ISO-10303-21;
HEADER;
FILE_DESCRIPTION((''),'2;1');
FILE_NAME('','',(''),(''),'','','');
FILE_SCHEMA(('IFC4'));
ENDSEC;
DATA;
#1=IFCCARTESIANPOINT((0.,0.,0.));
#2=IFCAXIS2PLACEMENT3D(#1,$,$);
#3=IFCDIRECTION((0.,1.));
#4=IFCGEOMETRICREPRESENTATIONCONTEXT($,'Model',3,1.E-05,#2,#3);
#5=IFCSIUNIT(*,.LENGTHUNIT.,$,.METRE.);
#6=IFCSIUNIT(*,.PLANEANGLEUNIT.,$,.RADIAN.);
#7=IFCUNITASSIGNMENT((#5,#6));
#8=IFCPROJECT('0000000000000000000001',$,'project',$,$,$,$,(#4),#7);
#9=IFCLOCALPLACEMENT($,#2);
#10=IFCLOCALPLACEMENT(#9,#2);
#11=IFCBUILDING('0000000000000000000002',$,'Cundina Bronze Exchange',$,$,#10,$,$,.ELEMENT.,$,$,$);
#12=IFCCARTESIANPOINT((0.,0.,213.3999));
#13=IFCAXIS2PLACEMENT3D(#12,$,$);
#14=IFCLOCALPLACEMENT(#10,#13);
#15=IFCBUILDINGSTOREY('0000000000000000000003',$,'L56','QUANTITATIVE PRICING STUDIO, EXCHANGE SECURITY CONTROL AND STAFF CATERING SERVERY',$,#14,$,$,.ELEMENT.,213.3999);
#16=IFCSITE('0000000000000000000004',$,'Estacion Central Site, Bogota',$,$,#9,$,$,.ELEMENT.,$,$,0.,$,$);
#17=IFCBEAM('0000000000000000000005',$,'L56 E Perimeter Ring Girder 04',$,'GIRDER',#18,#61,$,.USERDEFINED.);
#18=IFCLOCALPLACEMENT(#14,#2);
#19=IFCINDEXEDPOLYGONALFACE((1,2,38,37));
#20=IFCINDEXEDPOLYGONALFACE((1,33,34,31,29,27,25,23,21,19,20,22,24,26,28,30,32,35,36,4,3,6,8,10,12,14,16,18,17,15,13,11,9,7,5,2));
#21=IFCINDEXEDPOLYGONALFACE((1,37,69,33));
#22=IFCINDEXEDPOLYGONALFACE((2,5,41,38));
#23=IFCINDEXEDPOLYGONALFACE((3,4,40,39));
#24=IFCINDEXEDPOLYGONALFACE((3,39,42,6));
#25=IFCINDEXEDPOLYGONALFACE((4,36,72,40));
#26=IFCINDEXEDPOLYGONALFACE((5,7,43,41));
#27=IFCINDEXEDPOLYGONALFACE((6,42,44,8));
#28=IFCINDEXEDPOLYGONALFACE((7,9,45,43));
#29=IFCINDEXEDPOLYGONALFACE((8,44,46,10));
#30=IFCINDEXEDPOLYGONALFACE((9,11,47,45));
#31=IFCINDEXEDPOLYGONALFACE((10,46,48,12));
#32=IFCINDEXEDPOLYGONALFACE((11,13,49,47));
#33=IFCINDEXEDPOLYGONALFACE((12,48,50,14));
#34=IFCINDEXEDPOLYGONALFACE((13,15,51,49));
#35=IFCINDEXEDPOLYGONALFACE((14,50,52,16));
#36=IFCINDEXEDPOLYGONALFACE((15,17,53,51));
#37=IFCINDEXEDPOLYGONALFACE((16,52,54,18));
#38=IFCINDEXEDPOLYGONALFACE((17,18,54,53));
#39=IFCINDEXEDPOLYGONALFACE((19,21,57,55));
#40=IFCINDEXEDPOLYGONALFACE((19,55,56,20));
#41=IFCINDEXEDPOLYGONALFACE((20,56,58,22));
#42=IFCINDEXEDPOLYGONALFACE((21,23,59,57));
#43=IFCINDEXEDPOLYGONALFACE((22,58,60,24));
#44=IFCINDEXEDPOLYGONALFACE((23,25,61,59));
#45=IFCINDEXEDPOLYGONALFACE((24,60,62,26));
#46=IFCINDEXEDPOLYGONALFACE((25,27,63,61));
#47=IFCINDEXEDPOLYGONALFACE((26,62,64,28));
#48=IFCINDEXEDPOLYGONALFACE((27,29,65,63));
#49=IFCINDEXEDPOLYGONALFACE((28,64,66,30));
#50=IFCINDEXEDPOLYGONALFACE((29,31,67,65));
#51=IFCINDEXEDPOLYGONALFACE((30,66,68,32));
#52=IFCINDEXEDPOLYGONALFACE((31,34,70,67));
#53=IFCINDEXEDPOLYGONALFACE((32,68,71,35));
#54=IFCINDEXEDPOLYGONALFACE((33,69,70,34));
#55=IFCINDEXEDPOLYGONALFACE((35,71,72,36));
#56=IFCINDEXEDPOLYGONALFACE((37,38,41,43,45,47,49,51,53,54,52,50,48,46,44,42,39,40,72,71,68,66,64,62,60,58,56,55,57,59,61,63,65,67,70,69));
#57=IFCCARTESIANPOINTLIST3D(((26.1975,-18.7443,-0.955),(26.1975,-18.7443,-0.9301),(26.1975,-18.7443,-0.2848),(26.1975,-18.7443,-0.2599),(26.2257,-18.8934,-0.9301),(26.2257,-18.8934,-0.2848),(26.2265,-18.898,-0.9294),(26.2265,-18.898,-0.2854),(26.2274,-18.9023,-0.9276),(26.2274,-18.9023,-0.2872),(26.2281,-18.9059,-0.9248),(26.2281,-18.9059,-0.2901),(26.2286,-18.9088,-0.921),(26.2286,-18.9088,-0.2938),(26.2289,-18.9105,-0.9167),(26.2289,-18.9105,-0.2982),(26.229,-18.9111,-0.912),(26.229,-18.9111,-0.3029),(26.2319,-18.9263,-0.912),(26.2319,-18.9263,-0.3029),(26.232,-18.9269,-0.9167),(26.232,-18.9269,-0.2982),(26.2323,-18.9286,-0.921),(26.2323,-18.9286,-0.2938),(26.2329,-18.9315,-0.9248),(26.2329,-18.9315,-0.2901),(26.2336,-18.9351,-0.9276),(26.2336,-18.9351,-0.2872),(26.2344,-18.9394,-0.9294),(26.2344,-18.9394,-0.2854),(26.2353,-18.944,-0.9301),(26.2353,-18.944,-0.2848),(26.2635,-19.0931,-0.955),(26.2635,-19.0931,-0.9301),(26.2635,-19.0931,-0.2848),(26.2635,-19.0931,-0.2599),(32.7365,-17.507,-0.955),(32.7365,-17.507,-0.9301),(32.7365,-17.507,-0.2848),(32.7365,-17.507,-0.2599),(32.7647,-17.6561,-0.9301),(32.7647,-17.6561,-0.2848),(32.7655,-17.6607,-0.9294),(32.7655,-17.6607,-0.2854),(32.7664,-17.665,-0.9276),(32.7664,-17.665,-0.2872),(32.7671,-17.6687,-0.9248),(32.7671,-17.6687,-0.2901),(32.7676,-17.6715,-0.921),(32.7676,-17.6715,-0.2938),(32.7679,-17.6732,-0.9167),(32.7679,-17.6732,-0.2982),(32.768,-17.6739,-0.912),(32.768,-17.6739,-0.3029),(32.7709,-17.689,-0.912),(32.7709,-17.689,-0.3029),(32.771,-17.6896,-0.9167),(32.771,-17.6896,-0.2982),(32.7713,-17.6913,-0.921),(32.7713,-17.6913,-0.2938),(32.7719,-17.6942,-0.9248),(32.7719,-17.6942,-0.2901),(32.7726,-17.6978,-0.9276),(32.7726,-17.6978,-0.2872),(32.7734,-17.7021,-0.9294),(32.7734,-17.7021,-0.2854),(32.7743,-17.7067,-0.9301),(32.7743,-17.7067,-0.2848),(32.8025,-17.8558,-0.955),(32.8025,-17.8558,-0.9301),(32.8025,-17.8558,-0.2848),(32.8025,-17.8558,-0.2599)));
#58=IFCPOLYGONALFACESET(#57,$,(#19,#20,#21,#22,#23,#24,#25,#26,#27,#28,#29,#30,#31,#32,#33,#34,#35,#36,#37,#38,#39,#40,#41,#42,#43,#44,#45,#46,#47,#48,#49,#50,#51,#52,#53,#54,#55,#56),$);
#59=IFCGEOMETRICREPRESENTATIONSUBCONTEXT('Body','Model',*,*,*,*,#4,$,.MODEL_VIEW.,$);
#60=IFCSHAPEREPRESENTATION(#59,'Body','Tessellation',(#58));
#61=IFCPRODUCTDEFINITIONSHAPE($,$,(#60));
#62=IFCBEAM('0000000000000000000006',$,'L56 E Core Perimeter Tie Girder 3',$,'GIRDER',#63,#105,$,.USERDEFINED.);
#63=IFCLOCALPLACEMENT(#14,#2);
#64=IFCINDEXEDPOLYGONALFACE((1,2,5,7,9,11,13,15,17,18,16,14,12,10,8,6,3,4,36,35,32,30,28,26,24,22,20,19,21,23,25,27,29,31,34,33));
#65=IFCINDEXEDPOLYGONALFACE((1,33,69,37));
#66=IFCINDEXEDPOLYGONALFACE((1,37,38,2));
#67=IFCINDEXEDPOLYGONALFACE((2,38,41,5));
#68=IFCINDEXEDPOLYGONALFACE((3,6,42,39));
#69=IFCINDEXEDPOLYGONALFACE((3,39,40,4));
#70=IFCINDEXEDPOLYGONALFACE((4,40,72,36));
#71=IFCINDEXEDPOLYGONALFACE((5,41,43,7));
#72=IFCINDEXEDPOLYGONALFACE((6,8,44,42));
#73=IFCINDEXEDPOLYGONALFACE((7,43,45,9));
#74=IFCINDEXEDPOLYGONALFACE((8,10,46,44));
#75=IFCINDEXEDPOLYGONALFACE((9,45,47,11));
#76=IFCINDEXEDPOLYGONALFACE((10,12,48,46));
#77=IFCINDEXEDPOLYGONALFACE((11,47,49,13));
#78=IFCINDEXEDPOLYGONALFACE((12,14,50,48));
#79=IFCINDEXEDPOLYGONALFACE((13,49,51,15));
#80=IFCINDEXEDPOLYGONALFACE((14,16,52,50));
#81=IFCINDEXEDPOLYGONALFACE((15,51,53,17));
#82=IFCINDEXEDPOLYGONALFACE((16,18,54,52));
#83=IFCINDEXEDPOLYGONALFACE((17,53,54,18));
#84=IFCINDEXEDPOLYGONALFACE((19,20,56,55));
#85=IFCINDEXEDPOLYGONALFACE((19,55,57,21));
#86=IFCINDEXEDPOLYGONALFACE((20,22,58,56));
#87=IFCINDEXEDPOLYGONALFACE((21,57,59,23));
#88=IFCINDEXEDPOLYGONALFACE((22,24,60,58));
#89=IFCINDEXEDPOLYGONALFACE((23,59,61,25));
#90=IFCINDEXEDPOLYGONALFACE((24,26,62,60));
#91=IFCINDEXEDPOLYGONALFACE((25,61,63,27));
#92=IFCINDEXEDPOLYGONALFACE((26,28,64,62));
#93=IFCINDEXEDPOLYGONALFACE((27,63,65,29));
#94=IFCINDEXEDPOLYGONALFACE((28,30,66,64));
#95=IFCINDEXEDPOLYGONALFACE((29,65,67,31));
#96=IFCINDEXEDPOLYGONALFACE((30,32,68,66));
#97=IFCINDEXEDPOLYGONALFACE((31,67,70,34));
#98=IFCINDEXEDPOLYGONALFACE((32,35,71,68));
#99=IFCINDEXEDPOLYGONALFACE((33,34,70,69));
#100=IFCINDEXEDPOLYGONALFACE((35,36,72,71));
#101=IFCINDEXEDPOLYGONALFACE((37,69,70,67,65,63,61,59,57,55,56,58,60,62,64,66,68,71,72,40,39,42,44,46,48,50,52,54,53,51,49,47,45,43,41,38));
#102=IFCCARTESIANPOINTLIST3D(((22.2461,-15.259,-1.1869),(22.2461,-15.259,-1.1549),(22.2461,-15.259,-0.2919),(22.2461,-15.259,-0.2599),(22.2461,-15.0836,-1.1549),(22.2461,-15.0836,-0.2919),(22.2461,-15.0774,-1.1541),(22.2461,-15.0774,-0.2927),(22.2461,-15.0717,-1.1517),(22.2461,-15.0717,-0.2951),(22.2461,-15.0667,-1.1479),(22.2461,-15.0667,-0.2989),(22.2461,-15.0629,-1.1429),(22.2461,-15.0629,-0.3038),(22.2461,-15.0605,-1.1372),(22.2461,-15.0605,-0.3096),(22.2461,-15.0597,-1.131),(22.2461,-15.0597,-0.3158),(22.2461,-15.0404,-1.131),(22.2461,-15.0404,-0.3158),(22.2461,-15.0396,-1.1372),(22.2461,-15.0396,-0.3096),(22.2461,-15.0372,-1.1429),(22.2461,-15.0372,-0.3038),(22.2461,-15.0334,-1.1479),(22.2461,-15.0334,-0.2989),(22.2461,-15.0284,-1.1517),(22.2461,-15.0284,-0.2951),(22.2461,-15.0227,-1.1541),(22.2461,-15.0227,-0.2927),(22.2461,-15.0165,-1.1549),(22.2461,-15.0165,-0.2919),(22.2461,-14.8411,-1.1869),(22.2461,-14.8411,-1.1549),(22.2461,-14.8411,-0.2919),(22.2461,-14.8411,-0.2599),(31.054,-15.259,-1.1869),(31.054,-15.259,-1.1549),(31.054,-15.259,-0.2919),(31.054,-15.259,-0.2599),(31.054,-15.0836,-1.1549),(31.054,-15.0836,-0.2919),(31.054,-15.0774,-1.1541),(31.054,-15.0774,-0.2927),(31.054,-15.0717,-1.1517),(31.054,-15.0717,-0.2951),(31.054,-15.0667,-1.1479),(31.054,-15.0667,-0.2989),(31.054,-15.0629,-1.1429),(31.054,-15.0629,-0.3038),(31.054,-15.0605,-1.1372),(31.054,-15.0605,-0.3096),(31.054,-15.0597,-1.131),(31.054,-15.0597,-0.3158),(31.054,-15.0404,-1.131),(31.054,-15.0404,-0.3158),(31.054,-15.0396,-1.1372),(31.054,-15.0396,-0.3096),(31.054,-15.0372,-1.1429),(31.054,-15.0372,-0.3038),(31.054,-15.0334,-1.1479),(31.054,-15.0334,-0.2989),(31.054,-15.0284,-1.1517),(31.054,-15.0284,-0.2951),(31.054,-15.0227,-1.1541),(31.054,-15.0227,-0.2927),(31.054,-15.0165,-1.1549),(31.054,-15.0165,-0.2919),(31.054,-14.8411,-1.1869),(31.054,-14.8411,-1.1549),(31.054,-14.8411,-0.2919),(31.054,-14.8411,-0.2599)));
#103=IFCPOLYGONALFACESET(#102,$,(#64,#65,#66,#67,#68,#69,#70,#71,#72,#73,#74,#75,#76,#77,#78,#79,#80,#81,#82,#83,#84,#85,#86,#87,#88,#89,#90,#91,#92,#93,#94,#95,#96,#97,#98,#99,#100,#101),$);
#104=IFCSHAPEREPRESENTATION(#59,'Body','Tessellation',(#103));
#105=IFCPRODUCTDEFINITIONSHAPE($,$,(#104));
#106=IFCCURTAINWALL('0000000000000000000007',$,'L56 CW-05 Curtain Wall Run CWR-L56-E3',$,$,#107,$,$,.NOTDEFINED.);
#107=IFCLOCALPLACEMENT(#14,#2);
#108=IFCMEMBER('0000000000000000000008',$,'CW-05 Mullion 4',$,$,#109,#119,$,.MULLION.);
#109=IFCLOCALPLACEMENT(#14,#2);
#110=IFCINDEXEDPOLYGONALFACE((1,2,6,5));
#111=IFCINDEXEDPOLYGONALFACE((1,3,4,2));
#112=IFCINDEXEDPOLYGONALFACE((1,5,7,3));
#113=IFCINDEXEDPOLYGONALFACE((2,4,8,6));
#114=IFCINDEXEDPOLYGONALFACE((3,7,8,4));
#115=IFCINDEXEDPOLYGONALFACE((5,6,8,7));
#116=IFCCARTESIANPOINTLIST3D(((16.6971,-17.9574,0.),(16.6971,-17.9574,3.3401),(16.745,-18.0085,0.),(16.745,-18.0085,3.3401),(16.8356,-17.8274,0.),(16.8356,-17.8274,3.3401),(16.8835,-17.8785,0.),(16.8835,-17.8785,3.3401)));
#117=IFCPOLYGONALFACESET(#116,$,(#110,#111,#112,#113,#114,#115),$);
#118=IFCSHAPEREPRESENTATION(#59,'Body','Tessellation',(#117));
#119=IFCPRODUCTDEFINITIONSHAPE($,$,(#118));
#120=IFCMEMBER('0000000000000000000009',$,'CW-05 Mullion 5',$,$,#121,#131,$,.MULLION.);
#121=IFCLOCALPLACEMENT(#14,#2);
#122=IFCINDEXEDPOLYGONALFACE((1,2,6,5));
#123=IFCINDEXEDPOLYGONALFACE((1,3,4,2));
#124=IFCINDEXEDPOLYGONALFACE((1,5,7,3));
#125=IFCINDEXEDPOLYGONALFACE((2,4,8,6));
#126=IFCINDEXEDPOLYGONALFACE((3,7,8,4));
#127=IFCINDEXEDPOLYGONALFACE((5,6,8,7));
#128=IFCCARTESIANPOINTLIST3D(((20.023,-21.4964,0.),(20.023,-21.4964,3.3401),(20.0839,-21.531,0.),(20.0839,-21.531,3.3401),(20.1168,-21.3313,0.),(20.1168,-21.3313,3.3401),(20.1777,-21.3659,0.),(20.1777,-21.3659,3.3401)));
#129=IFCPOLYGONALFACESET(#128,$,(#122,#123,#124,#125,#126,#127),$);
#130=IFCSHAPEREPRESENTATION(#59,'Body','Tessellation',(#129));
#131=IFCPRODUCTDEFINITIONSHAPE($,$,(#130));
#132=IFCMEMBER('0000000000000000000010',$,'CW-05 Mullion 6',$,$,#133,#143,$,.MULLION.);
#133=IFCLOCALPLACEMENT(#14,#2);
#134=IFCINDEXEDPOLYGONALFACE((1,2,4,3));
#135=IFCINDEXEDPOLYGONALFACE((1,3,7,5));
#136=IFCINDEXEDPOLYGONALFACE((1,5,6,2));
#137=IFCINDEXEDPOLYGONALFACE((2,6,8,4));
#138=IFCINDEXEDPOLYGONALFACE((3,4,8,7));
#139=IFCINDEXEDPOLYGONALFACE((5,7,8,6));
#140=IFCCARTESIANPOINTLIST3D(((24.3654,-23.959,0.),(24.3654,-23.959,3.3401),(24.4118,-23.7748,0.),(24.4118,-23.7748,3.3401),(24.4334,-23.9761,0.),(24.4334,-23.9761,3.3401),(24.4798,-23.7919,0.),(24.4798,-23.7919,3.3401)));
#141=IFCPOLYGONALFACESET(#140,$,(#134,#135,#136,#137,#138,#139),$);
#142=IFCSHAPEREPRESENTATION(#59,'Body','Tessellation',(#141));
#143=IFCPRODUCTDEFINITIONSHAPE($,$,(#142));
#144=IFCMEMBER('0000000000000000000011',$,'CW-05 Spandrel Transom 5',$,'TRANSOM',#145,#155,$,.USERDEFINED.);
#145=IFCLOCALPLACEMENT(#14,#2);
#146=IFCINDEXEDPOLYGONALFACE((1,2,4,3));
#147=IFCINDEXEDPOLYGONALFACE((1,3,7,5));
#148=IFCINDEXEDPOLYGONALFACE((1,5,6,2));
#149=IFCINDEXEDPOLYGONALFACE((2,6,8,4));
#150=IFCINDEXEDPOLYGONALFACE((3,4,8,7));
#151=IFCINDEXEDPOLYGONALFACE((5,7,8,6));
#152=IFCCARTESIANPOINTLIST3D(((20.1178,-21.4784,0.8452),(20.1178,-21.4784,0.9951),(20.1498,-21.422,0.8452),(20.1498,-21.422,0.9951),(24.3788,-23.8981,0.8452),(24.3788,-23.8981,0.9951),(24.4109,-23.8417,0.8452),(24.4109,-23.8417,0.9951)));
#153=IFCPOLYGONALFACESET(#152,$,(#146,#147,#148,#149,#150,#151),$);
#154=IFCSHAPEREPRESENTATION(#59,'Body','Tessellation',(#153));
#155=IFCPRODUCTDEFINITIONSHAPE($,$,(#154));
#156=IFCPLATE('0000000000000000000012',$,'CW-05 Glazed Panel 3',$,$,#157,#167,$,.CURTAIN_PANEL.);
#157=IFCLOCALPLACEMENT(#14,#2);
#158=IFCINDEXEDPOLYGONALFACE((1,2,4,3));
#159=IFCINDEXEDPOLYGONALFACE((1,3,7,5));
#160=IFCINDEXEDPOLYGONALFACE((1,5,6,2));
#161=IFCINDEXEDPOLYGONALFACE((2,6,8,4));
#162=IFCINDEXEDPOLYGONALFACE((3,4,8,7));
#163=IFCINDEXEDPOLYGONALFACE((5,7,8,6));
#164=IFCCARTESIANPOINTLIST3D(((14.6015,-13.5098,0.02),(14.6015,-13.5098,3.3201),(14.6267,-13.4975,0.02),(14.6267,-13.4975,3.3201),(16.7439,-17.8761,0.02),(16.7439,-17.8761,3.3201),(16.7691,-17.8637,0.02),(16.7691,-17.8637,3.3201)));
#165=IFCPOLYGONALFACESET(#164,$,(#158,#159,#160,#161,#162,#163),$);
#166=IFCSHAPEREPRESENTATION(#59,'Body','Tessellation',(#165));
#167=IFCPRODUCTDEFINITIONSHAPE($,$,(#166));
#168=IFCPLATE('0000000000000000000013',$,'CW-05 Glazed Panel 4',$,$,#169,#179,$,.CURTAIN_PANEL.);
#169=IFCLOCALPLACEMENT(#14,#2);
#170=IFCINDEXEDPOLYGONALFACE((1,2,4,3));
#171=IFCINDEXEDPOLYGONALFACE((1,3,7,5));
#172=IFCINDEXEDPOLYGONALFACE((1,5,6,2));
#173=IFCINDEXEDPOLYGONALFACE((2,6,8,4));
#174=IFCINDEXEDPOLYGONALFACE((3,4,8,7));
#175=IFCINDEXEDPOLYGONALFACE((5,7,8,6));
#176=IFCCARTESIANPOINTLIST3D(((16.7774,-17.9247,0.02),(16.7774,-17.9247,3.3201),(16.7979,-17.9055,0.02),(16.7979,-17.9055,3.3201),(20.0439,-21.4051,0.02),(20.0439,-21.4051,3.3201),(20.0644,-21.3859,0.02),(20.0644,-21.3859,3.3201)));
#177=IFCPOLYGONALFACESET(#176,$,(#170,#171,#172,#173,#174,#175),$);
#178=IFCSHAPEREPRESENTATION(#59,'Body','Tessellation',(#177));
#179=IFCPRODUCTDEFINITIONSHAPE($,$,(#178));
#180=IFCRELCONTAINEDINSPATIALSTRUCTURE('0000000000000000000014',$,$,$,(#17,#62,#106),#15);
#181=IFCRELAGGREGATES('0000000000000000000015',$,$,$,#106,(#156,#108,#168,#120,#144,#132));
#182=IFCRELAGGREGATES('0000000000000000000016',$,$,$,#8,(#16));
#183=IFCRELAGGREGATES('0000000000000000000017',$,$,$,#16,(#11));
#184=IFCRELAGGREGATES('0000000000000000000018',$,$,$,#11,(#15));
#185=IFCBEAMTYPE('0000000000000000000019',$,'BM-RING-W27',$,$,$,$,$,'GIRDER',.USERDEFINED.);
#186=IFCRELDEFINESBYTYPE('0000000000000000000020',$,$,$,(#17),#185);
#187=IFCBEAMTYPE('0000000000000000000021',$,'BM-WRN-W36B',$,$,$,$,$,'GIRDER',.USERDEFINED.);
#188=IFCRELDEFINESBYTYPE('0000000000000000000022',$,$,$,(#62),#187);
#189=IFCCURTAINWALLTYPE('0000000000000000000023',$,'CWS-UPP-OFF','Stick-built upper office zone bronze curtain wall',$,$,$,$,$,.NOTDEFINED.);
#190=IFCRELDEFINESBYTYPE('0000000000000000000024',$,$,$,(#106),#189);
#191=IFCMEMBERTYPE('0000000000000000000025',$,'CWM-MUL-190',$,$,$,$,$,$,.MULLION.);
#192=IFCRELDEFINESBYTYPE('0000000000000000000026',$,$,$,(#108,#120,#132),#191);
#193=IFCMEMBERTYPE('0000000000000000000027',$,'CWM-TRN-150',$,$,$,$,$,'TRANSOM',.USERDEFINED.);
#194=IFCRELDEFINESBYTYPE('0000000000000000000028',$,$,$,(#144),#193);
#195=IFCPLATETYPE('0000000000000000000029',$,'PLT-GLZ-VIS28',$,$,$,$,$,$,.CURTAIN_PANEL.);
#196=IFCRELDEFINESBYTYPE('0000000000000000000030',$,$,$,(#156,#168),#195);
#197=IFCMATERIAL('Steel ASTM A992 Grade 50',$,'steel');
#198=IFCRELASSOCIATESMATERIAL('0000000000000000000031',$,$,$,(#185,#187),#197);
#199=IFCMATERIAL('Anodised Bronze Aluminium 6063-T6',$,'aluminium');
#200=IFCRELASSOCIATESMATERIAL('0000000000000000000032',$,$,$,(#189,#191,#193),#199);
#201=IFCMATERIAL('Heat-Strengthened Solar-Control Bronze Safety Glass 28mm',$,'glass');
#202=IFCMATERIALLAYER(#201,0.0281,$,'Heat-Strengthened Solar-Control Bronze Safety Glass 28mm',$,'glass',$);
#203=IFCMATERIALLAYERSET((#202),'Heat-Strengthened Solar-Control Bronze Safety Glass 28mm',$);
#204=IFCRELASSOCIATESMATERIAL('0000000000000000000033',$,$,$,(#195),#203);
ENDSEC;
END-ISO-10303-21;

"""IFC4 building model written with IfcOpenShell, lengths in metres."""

from ifc_helpers import new_model, si_unit, direction, frame, origin, origin_2d, place, context, subcontext, project, spatial, rectangle, i_section, extrude, material, layer, layer_set, material_profile, profile_set, type_object, element, aggregate, save


model = new_model("IFC4")

# Units and contexts
model_context = context("Model", 3, precision=1e-05, world=origin(), true_north=direction((0.0, 1.0)))
body_context = subcontext(model_context, "Body", "Model", "MODEL_VIEW")
ifc_project = project(units=[si_unit("LENGTHUNIT", "METRE"), si_unit("PLANEANGLEUNIT", "RADIAN")], contexts=[model_context])

# Site, building, storey
site_placement = place(None, origin())
site = spatial("IfcSite", under=ifc_project, at=site_placement, Name="Estacion Central Site, Bogota", CompositionType="ELEMENT", RefElevation=0.0)
building_placement = place(site_placement, origin())
building = spatial("IfcBuilding", under=site, at=building_placement, Name="Cundina Bronze Exchange", CompositionType="ELEMENT")
storey_placement = place(building_placement, frame((0.0, 0.0, 213.3999)))
storey = spatial("IfcBuildingStorey", under=building, at=storey_placement, Name="L56", Description="QUANTITATIVE PRICING STUDIO, EXCHANGE SECURITY CONTROL AND STAFF CATERING SERVERY", CompositionType="ELEMENT", Elevation=213.3999)

# Shared definitions
ifc_material_1 = material(Name="Steel ASTM A992 Grade 50", Category="steel")

# Beams
ifc_material_profile_1 = material_profile(ifc_material_1, i_section(OverallWidth=0.355, OverallDepth=0.6951, WebThickness=0.0154, FlangeThickness=0.0249, FilletRadius=0.0181, at=origin_2d()), Name="W27X146", Category="steel")
ifc_profile_set_1 = profile_set([ifc_material_profile_1], Name="Steel ASTM A992 Grade 50")
beam_type_1 = type_object("IfcBeamType", Name="BM-RING-W27", ElementType="GIRDER", PredefinedType="USERDEFINED", material=ifc_profile_set_1)
beam_1_placement = place(storey_placement, frame((26.2305, -18.9187, -0.6074), z_axis=(0.982565, 0.185918, 0.0), x_axis=(-0.185918, 0.982565, 0.0)))
element("IfcBeam", 1, at=beam_1_placement, inside=storey, type_object=beam_type_1, Name="L56 E Perimeter Ring Girder 04", ObjectType="GIRDER", PredefinedType="USERDEFINED", context=body_context, shape_type="SweptSolid", body=[
    extrude(i_section(OverallWidth=0.355, OverallDepth=0.6951, WebThickness=0.0154, FlangeThickness=0.0249, FilletRadius=0.0181, at=origin_2d()), origin(), (0.0, 0.0, 1.0), 6.655),
])
ifc_material_profile_2 = material_profile(ifc_material_1, i_section(OverallWidth=0.418, OverallDepth=0.927, WebThickness=0.0193, FlangeThickness=0.032, FilletRadius=0.0239, at=origin_2d()), Name="W36X231", Category="steel")
ifc_profile_set_2 = profile_set([ifc_material_profile_2], Name="Steel ASTM A992 Grade 50")
beam_type_2 = type_object("IfcBeamType", Name="BM-WRN-W36B", ElementType="GIRDER", PredefinedType="USERDEFINED", material=ifc_profile_set_2)
beam_2_placement = place(storey_placement, frame((22.2461, -15.05, -0.7234), z_axis=(1.0, 0.0, 0.0), x_axis=(0.0, 1.0, 0.0)))
element("IfcBeam", 2, at=beam_2_placement, inside=storey, type_object=beam_type_2, Name="L56 E Core Perimeter Tie Girder 3", ObjectType="GIRDER", PredefinedType="USERDEFINED", context=body_context, shape_type="SweptSolid", body=[
    extrude(i_section(OverallWidth=0.418, OverallDepth=0.927, WebThickness=0.0193, FlangeThickness=0.032, FilletRadius=0.0239, at=origin_2d()), origin(), (0.0, 0.0, 1.0), 8.8079),
])

# Curtain wall, members, plates
ifc_material_2 = material(Name="Anodised Bronze Aluminium 6063-T6", Category="aluminium")
curtain_wall_type = type_object("IfcCurtainWallType", Name="CWS-UPP-OFF", Description="Stick-built upper office zone bronze curtain wall", PredefinedType="NOTDEFINED", material=ifc_material_2)
curtain_wall_placement = place(storey_placement, origin())
curtain_wall = element("IfcCurtainWall", 3, at=curtain_wall_placement, inside=storey, type_object=curtain_wall_type, Name="L56 CW-05 Curtain Wall Run CWR-L56-E3", PredefinedType="NOTDEFINED")
ifc_material_profile_3 = material_profile(ifc_material_2, rectangle(XDim=0.0701, YDim=0.1899, at=origin_2d()), Name="AL70X190", Category="aluminium")
ifc_profile_set_3 = profile_set([ifc_material_profile_3], Name="Anodised Bronze Aluminium 6063-T6")
member_type_1 = type_object("IfcMemberType", Name="CWM-MUL-190", PredefinedType="MULLION", material=ifc_profile_set_3)
member_1_placement = place(storey_placement, frame((16.7903, -17.918, 0.0), z_axis=(0.0, 0.0, 1.0), x_axis=(0.684293, -0.729208, 0.0)))
member_1 = element("IfcMember", 4, at=member_1_placement, type_object=member_type_1, Name="CW-05 Mullion 4", PredefinedType="MULLION", context=body_context, shape_type="SweptSolid", body=[
    extrude(rectangle(XDim=0.0701, YDim=0.1899, at=origin_2d()), origin(), (0.0, 0.0, 1.0), 3.3401),
])
member_2_placement = place(storey_placement, frame((20.1003, -21.4312, 0.0), z_axis=(0.0, 0.0, 1.0), x_axis=(0.869581, -0.49379, 0.0)))
member_2 = element("IfcMember", 5, at=member_2_placement, type_object=member_type_1, Name="CW-05 Mullion 5", PredefinedType="MULLION", context=body_context, shape_type="SweptSolid", body=[
    extrude(rectangle(XDim=0.0701, YDim=0.1899, at=origin_2d()), origin(), (0.0, 0.0, 1.0), 3.3401),
])
member_3_placement = place(storey_placement, frame((24.4226, -23.8755, 0.0), z_axis=(0.0, 0.0, 1.0), x_axis=(0.969744, -0.244123, 0.0)))
member_3 = element("IfcMember", 6, at=member_3_placement, type_object=member_type_1, Name="CW-05 Mullion 6", PredefinedType="MULLION", context=body_context, shape_type="SweptSolid", body=[
    extrude(rectangle(XDim=0.0701, YDim=0.1899, at=origin_2d()), origin(), (0.0, 0.0, 1.0), 3.3401),
])
ifc_material_profile_4 = material_profile(ifc_material_2, rectangle(XDim=0.0649, YDim=0.1499, at=origin_2d()), Name="AL65X150", Category="aluminium")
ifc_profile_set_4 = profile_set([ifc_material_profile_4], Name="Anodised Bronze Aluminium 6063-T6")
member_type_2 = type_object("IfcMemberType", Name="CWM-TRN-150", ElementType="TRANSOM", PredefinedType="USERDEFINED", material=ifc_profile_set_4)
member_4_placement = place(storey_placement, frame((20.1338, -21.4502, 0.9202), z_axis=(0.869574, -0.493803, 0.0), x_axis=(0.493803, 0.869574, 0.0)))
member_4 = element("IfcMember", 7, at=member_4_placement, type_object=member_type_2, Name="CW-05 Spandrel Transom 5", ObjectType="TRANSOM", PredefinedType="USERDEFINED", context=body_context, shape_type="SweptSolid", body=[
    extrude(rectangle(XDim=0.0649, YDim=0.1499, at=origin_2d()), origin(), (0.0, 0.0, 1.0), 4.9001),
])
ifc_material_3 = material(Name="Heat-Strengthened Solar-Control Bronze Safety Glass 28mm", Category="glass")
ifc_layer_1 = layer(ifc_material_3, 0.0281, Name="Heat-Strengthened Solar-Control Bronze Safety Glass 28mm", Category="glass")
ifc_layer_set_1 = layer_set([ifc_layer_1], Name="Heat-Strengthened Solar-Control Bronze Safety Glass 28mm")
plate_type = type_object("IfcPlateType", Name="PLT-GLZ-VIS28", PredefinedType="CURTAIN_PANEL", material=ifc_layer_set_1)
plate_1_placement = place(storey_placement, frame((15.6853, -15.6868, 0.02), z_axis=(0.0, 0.0, 1.0), x_axis=(0.440503, -0.897751, 0.0)))
plate_1 = element("IfcPlate", 8, at=plate_1_placement, type_object=plate_type, Name="CW-05 Glazed Panel 3", PredefinedType="CURTAIN_PANEL", context=body_context, shape_type="SweptSolid", body=[
    extrude(rectangle(XDim=4.8635, YDim=0.0281, at=origin_2d()), origin(), (0.0, 0.0, 1.0), 3.3),
])
plate_2_placement = place(storey_placement, frame((18.4209, -19.6553, 0.02), z_axis=(0.0, 0.0, 1.0), x_axis=(0.684344, -0.72916, 0.0)))
plate_2 = element("IfcPlate", 9, at=plate_2_placement, type_object=plate_type, Name="CW-05 Glazed Panel 4", PredefinedType="CURTAIN_PANEL", context=body_context, shape_type="SweptSolid", body=[
    extrude(rectangle(XDim=4.7732, YDim=0.0281, at=origin_2d()), origin(), (0.0, 0.0, 1.0), 3.3),
])
aggregate(curtain_wall, [plate_1, member_1, plate_2, member_2, member_4, member_3])

save(model, "model.ifc")
